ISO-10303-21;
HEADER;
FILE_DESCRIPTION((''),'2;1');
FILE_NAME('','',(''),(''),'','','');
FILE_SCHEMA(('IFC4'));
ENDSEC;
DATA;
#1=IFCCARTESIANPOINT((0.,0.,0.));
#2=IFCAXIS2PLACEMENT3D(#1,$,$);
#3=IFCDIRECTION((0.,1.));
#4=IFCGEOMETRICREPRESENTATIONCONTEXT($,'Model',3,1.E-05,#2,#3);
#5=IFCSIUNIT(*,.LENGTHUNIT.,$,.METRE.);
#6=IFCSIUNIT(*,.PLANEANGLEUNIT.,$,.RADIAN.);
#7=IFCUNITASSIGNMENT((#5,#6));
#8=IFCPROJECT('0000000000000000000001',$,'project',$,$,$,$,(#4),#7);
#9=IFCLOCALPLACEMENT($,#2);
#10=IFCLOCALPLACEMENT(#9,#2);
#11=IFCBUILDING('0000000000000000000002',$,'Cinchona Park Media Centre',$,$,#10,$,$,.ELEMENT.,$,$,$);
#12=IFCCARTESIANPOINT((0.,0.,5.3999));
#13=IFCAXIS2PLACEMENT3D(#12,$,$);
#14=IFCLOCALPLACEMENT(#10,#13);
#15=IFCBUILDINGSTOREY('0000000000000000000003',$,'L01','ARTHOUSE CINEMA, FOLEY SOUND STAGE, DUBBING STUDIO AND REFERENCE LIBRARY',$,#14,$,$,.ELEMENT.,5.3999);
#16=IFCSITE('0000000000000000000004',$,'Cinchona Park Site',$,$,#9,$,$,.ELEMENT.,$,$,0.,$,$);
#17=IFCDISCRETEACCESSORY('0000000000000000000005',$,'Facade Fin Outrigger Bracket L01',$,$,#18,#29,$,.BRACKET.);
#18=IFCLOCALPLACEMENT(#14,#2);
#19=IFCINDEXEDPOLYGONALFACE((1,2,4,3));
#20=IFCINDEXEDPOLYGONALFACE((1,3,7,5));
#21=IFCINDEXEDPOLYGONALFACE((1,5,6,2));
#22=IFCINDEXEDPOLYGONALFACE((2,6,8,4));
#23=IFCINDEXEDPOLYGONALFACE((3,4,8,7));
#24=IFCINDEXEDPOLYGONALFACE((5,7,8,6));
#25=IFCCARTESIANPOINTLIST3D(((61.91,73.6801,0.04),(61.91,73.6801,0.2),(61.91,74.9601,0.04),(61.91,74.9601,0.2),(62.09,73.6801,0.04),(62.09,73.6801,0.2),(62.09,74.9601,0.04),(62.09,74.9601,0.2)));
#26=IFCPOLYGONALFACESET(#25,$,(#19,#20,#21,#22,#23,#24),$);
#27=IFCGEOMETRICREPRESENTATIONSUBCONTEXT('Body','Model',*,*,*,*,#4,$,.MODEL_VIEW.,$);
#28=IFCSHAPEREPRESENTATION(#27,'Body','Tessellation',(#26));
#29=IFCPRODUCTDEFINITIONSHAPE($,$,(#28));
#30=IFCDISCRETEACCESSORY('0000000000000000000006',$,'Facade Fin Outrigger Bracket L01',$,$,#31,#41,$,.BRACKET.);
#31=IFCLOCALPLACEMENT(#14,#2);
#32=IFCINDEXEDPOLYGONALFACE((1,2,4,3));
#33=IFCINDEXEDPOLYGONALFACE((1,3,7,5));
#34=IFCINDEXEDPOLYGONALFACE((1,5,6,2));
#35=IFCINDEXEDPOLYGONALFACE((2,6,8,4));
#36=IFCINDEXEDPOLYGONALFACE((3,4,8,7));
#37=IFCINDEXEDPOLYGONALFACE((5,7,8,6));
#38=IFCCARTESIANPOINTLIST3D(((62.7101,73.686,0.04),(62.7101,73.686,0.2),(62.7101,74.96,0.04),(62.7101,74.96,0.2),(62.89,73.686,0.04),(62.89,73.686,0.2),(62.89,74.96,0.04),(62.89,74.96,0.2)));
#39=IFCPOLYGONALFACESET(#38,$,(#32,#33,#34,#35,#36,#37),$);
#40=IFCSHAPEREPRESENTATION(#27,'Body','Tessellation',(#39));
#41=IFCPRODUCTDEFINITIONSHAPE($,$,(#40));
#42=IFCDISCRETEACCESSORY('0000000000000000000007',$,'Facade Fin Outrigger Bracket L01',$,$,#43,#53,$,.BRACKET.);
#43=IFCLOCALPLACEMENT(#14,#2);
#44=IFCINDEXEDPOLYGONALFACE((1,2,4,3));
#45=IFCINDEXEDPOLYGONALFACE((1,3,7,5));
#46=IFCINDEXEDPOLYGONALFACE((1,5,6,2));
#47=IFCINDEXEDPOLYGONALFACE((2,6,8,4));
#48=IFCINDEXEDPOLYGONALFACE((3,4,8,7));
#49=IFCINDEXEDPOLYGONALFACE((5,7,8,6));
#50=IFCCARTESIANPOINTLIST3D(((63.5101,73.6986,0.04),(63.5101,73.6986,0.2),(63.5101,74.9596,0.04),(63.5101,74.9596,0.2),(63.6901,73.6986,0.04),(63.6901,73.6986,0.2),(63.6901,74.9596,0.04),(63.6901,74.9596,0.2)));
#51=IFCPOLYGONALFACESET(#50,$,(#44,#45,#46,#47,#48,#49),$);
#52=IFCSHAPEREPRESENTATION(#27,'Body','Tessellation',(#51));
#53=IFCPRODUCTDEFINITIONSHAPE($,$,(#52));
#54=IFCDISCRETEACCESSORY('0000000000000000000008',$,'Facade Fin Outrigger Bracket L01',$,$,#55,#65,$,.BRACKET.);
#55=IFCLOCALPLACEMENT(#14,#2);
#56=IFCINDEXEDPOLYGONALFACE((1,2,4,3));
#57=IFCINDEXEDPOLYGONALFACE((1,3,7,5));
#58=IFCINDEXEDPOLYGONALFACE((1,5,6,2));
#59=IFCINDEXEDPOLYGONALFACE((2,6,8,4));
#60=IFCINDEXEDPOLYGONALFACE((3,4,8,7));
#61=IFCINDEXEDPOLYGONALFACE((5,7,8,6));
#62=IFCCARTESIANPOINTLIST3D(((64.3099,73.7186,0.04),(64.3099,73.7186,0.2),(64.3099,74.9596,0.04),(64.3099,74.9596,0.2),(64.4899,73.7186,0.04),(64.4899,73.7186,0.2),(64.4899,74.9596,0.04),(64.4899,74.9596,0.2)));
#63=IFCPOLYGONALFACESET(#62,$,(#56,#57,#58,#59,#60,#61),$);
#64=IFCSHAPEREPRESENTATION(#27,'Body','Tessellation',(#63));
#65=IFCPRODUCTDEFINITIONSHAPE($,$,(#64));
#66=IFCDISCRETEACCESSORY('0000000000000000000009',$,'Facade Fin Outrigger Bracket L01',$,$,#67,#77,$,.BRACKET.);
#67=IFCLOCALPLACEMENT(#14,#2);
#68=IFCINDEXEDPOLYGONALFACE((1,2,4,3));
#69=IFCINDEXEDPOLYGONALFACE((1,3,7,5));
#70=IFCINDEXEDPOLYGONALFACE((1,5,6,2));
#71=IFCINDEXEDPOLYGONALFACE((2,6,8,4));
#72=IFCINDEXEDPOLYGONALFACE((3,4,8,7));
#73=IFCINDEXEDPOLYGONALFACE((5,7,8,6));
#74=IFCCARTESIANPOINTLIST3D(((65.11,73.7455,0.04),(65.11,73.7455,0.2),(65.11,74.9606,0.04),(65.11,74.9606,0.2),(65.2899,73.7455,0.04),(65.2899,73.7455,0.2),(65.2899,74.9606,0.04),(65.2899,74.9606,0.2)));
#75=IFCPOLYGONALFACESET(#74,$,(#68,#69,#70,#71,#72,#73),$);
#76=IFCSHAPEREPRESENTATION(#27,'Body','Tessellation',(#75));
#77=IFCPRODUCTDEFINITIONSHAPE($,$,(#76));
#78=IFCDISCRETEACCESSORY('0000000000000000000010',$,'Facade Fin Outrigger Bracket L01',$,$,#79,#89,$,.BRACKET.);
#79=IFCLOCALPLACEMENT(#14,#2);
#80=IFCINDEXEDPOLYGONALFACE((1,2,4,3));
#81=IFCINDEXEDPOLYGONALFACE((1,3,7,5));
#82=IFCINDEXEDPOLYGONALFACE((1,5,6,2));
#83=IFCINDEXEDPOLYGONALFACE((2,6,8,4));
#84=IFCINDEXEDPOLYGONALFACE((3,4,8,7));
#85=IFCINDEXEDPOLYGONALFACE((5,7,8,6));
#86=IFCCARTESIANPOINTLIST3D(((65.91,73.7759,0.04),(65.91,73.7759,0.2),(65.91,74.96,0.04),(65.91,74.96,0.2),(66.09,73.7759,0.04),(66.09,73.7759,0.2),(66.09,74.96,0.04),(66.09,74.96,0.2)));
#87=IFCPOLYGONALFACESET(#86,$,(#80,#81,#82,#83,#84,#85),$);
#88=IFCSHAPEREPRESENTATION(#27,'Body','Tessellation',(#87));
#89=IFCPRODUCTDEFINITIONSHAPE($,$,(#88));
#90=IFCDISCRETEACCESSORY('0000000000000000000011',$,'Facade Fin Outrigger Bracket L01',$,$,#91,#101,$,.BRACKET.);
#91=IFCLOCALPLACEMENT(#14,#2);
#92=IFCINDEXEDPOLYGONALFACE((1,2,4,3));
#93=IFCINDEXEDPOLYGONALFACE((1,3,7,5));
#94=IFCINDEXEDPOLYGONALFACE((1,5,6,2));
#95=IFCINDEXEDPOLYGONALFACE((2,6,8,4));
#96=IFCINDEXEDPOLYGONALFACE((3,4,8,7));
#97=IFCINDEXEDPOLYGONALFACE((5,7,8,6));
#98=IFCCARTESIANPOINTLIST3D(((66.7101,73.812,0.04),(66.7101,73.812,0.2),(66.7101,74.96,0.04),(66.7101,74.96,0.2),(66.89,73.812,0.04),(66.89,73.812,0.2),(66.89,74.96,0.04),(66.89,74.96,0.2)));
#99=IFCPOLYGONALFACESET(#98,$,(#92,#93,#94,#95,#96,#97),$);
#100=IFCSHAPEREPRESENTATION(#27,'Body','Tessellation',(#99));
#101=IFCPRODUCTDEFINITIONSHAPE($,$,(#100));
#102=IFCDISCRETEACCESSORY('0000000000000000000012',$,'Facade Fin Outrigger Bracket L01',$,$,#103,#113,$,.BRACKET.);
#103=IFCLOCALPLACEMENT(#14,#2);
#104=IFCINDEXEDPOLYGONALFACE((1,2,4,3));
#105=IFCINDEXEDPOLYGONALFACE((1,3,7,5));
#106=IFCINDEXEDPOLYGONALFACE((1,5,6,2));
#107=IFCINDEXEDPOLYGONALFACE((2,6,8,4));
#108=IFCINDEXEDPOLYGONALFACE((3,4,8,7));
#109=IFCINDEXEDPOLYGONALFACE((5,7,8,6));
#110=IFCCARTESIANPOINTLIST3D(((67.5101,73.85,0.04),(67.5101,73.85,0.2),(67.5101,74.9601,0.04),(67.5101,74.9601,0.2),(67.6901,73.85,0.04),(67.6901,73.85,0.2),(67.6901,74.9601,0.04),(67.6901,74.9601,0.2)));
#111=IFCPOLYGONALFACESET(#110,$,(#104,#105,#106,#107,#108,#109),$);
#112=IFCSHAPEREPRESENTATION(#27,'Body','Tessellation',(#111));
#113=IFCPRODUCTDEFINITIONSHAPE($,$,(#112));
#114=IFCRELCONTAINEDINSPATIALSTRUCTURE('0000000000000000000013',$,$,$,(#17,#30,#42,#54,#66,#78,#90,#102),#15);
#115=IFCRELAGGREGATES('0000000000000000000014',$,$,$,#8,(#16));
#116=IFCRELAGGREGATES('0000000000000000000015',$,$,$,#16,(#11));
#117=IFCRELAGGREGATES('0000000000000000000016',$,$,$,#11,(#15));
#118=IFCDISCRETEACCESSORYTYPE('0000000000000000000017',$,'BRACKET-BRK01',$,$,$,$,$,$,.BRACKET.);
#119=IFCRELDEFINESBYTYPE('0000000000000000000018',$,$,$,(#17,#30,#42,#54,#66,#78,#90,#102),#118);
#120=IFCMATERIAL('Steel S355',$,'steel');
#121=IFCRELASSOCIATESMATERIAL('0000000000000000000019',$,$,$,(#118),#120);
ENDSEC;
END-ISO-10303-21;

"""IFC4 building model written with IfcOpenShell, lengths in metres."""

from ifc_helpers import new_model, si_unit, direction, frame, origin, origin_2d, place, context, subcontext, project, spatial, rectangle, extrude, material, type_object, element, save


model = new_model("IFC4")

# Units and contexts
model_context = context("Model", 3, precision=1e-05, world=origin(), true_north=direction((0.0, 1.0)))
body_context = subcontext(model_context, "Body", "Model", "MODEL_VIEW")
ifc_project = project(units=[si_unit("LENGTHUNIT", "METRE"), si_unit("PLANEANGLEUNIT", "RADIAN")], contexts=[model_context])

# Site, building, storey
site_placement = place(None, origin())
site = spatial("IfcSite", under=ifc_project, at=site_placement, Name="Cinchona Park Site", CompositionType="ELEMENT", RefElevation=0.0)
building_placement = place(site_placement, origin())
building = spatial("IfcBuilding", under=site, at=building_placement, Name="Cinchona Park Media Centre", CompositionType="ELEMENT")
storey_placement = place(building_placement, frame((0.0, 0.0, 5.3999)))
storey = spatial("IfcBuildingStorey", under=building, at=storey_placement, Name="L01", Description="ARTHOUSE CINEMA, FOLEY SOUND STAGE, DUBBING STUDIO AND REFERENCE LIBRARY", CompositionType="ELEMENT", Elevation=5.3999)

# Discrete accessories
ifc_material_1 = material(Name="Steel S355", Category="steel")
discrete_accessory_type = type_object("IfcDiscreteAccessoryType", Name="BRACKET-BRK01", PredefinedType="BRACKET", material=ifc_material_1)
discrete_accessory_1_placement = place(storey_placement, frame((62.0, 74.3201, 0.04), z_axis=(0.0, 0.0, 1.0), x_axis=(1.0, 0.0, 0.0)))
element("IfcDiscreteAccessory", 1, at=discrete_accessory_1_placement, inside=storey, type_object=discrete_accessory_type, Name="Facade Fin Outrigger Bracket L01", PredefinedType="BRACKET", context=body_context, shape_type="SweptSolid", body=[
    extrude(rectangle(XDim=0.1799, YDim=1.28, at=origin_2d()), origin(), (0.0, 0.0, 1.0), 0.1599),
])
discrete_accessory_2_placement = place(storey_placement, frame((62.8, 74.323, 0.04), z_axis=(0.0, 0.0, 1.0), x_axis=(1.0, 0.0, 0.0)))
element("IfcDiscreteAccessory", 2, at=discrete_accessory_2_placement, inside=storey, type_object=discrete_accessory_type, Name="Facade Fin Outrigger Bracket L01", PredefinedType="BRACKET", context=body_context, shape_type="SweptSolid", body=[
    extrude(rectangle(XDim=0.1799, YDim=1.2739, at=origin_2d()), origin(), (0.0, 0.0, 1.0), 0.1599),
])
discrete_accessory_3_placement = place(storey_placement, frame((63.6001, 74.3291, 0.04), z_axis=(0.0, 0.0, 1.0), x_axis=(1.0, 0.0, 0.0)))
element("IfcDiscreteAccessory", 3, at=discrete_accessory_3_placement, inside=storey, type_object=discrete_accessory_type, Name="Facade Fin Outrigger Bracket L01", PredefinedType="BRACKET", context=body_context, shape_type="SweptSolid", body=[
    extrude(rectangle(XDim=0.1799, YDim=1.261, at=origin_2d()), origin(), (0.0, 0.0, 1.0), 0.1599),
])
discrete_accessory_4_placement = place(storey_placement, frame((64.3999, 74.3391, 0.04), z_axis=(0.0, 0.0, 1.0), x_axis=(1.0, 0.0, 0.0)))
element("IfcDiscreteAccessory", 4, at=discrete_accessory_4_placement, inside=storey, type_object=discrete_accessory_type, Name="Facade Fin Outrigger Bracket L01", PredefinedType="BRACKET", context=body_context, shape_type="SweptSolid", body=[
    extrude(rectangle(XDim=0.1799, YDim=1.241, at=origin_2d()), origin(), (0.0, 0.0, 1.0), 0.1599),
])
discrete_accessory_5_placement = place(storey_placement, frame((65.2, 74.353, 0.04), z_axis=(0.0, 0.0, 1.0), x_axis=(1.0, 0.0, 0.0)))
element("IfcDiscreteAccessory", 5, at=discrete_accessory_5_placement, inside=storey, type_object=discrete_accessory_type, Name="Facade Fin Outrigger Bracket L01", PredefinedType="BRACKET", context=body_context, shape_type="SweptSolid", body=[
    extrude(rectangle(XDim=0.1799, YDim=1.2151, at=origin_2d()), origin(), (0.0, 0.0, 1.0), 0.1599),
])
discrete_accessory_6_placement = place(storey_placement, frame((66.0, 74.3679, 0.04), z_axis=(0.0, 0.0, 1.0), x_axis=(1.0, 0.0, 0.0)))
element("IfcDiscreteAccessory", 6, at=discrete_accessory_6_placement, inside=storey, type_object=discrete_accessory_type, Name="Facade Fin Outrigger Bracket L01", PredefinedType="BRACKET", context=body_context, shape_type="SweptSolid", body=[
    extrude(rectangle(XDim=0.1799, YDim=1.1841, at=origin_2d()), origin(), (0.0, 0.0, 1.0), 0.1599),
])
discrete_accessory_7_placement = place(storey_placement, frame((66.8, 74.386, 0.04), z_axis=(0.0, 0.0, 1.0), x_axis=(1.0, 0.0, 0.0)))
element("IfcDiscreteAccessory", 7, at=discrete_accessory_7_placement, inside=storey, type_object=discrete_accessory_type, Name="Facade Fin Outrigger Bracket L01", PredefinedType="BRACKET", context=body_context, shape_type="SweptSolid", body=[
    extrude(rectangle(XDim=0.1799, YDim=1.1479, at=origin_2d()), origin(), (0.0, 0.0, 1.0), 0.1599),
])
discrete_accessory_8_placement = place(storey_placement, frame((67.6001, 74.405, 0.04), z_axis=(0.0, 0.0, 1.0), x_axis=(1.0, 0.0, 0.0)))
element("IfcDiscreteAccessory", 8, at=discrete_accessory_8_placement, inside=storey, type_object=discrete_accessory_type, Name="Facade Fin Outrigger Bracket L01", PredefinedType="BRACKET", context=body_context, shape_type="SweptSolid", body=[
    extrude(rectangle(XDim=0.1799, YDim=1.1101, at=origin_2d()), origin(), (0.0, 0.0, 1.0), 0.1599),
])

save(model, "model.ifc")
